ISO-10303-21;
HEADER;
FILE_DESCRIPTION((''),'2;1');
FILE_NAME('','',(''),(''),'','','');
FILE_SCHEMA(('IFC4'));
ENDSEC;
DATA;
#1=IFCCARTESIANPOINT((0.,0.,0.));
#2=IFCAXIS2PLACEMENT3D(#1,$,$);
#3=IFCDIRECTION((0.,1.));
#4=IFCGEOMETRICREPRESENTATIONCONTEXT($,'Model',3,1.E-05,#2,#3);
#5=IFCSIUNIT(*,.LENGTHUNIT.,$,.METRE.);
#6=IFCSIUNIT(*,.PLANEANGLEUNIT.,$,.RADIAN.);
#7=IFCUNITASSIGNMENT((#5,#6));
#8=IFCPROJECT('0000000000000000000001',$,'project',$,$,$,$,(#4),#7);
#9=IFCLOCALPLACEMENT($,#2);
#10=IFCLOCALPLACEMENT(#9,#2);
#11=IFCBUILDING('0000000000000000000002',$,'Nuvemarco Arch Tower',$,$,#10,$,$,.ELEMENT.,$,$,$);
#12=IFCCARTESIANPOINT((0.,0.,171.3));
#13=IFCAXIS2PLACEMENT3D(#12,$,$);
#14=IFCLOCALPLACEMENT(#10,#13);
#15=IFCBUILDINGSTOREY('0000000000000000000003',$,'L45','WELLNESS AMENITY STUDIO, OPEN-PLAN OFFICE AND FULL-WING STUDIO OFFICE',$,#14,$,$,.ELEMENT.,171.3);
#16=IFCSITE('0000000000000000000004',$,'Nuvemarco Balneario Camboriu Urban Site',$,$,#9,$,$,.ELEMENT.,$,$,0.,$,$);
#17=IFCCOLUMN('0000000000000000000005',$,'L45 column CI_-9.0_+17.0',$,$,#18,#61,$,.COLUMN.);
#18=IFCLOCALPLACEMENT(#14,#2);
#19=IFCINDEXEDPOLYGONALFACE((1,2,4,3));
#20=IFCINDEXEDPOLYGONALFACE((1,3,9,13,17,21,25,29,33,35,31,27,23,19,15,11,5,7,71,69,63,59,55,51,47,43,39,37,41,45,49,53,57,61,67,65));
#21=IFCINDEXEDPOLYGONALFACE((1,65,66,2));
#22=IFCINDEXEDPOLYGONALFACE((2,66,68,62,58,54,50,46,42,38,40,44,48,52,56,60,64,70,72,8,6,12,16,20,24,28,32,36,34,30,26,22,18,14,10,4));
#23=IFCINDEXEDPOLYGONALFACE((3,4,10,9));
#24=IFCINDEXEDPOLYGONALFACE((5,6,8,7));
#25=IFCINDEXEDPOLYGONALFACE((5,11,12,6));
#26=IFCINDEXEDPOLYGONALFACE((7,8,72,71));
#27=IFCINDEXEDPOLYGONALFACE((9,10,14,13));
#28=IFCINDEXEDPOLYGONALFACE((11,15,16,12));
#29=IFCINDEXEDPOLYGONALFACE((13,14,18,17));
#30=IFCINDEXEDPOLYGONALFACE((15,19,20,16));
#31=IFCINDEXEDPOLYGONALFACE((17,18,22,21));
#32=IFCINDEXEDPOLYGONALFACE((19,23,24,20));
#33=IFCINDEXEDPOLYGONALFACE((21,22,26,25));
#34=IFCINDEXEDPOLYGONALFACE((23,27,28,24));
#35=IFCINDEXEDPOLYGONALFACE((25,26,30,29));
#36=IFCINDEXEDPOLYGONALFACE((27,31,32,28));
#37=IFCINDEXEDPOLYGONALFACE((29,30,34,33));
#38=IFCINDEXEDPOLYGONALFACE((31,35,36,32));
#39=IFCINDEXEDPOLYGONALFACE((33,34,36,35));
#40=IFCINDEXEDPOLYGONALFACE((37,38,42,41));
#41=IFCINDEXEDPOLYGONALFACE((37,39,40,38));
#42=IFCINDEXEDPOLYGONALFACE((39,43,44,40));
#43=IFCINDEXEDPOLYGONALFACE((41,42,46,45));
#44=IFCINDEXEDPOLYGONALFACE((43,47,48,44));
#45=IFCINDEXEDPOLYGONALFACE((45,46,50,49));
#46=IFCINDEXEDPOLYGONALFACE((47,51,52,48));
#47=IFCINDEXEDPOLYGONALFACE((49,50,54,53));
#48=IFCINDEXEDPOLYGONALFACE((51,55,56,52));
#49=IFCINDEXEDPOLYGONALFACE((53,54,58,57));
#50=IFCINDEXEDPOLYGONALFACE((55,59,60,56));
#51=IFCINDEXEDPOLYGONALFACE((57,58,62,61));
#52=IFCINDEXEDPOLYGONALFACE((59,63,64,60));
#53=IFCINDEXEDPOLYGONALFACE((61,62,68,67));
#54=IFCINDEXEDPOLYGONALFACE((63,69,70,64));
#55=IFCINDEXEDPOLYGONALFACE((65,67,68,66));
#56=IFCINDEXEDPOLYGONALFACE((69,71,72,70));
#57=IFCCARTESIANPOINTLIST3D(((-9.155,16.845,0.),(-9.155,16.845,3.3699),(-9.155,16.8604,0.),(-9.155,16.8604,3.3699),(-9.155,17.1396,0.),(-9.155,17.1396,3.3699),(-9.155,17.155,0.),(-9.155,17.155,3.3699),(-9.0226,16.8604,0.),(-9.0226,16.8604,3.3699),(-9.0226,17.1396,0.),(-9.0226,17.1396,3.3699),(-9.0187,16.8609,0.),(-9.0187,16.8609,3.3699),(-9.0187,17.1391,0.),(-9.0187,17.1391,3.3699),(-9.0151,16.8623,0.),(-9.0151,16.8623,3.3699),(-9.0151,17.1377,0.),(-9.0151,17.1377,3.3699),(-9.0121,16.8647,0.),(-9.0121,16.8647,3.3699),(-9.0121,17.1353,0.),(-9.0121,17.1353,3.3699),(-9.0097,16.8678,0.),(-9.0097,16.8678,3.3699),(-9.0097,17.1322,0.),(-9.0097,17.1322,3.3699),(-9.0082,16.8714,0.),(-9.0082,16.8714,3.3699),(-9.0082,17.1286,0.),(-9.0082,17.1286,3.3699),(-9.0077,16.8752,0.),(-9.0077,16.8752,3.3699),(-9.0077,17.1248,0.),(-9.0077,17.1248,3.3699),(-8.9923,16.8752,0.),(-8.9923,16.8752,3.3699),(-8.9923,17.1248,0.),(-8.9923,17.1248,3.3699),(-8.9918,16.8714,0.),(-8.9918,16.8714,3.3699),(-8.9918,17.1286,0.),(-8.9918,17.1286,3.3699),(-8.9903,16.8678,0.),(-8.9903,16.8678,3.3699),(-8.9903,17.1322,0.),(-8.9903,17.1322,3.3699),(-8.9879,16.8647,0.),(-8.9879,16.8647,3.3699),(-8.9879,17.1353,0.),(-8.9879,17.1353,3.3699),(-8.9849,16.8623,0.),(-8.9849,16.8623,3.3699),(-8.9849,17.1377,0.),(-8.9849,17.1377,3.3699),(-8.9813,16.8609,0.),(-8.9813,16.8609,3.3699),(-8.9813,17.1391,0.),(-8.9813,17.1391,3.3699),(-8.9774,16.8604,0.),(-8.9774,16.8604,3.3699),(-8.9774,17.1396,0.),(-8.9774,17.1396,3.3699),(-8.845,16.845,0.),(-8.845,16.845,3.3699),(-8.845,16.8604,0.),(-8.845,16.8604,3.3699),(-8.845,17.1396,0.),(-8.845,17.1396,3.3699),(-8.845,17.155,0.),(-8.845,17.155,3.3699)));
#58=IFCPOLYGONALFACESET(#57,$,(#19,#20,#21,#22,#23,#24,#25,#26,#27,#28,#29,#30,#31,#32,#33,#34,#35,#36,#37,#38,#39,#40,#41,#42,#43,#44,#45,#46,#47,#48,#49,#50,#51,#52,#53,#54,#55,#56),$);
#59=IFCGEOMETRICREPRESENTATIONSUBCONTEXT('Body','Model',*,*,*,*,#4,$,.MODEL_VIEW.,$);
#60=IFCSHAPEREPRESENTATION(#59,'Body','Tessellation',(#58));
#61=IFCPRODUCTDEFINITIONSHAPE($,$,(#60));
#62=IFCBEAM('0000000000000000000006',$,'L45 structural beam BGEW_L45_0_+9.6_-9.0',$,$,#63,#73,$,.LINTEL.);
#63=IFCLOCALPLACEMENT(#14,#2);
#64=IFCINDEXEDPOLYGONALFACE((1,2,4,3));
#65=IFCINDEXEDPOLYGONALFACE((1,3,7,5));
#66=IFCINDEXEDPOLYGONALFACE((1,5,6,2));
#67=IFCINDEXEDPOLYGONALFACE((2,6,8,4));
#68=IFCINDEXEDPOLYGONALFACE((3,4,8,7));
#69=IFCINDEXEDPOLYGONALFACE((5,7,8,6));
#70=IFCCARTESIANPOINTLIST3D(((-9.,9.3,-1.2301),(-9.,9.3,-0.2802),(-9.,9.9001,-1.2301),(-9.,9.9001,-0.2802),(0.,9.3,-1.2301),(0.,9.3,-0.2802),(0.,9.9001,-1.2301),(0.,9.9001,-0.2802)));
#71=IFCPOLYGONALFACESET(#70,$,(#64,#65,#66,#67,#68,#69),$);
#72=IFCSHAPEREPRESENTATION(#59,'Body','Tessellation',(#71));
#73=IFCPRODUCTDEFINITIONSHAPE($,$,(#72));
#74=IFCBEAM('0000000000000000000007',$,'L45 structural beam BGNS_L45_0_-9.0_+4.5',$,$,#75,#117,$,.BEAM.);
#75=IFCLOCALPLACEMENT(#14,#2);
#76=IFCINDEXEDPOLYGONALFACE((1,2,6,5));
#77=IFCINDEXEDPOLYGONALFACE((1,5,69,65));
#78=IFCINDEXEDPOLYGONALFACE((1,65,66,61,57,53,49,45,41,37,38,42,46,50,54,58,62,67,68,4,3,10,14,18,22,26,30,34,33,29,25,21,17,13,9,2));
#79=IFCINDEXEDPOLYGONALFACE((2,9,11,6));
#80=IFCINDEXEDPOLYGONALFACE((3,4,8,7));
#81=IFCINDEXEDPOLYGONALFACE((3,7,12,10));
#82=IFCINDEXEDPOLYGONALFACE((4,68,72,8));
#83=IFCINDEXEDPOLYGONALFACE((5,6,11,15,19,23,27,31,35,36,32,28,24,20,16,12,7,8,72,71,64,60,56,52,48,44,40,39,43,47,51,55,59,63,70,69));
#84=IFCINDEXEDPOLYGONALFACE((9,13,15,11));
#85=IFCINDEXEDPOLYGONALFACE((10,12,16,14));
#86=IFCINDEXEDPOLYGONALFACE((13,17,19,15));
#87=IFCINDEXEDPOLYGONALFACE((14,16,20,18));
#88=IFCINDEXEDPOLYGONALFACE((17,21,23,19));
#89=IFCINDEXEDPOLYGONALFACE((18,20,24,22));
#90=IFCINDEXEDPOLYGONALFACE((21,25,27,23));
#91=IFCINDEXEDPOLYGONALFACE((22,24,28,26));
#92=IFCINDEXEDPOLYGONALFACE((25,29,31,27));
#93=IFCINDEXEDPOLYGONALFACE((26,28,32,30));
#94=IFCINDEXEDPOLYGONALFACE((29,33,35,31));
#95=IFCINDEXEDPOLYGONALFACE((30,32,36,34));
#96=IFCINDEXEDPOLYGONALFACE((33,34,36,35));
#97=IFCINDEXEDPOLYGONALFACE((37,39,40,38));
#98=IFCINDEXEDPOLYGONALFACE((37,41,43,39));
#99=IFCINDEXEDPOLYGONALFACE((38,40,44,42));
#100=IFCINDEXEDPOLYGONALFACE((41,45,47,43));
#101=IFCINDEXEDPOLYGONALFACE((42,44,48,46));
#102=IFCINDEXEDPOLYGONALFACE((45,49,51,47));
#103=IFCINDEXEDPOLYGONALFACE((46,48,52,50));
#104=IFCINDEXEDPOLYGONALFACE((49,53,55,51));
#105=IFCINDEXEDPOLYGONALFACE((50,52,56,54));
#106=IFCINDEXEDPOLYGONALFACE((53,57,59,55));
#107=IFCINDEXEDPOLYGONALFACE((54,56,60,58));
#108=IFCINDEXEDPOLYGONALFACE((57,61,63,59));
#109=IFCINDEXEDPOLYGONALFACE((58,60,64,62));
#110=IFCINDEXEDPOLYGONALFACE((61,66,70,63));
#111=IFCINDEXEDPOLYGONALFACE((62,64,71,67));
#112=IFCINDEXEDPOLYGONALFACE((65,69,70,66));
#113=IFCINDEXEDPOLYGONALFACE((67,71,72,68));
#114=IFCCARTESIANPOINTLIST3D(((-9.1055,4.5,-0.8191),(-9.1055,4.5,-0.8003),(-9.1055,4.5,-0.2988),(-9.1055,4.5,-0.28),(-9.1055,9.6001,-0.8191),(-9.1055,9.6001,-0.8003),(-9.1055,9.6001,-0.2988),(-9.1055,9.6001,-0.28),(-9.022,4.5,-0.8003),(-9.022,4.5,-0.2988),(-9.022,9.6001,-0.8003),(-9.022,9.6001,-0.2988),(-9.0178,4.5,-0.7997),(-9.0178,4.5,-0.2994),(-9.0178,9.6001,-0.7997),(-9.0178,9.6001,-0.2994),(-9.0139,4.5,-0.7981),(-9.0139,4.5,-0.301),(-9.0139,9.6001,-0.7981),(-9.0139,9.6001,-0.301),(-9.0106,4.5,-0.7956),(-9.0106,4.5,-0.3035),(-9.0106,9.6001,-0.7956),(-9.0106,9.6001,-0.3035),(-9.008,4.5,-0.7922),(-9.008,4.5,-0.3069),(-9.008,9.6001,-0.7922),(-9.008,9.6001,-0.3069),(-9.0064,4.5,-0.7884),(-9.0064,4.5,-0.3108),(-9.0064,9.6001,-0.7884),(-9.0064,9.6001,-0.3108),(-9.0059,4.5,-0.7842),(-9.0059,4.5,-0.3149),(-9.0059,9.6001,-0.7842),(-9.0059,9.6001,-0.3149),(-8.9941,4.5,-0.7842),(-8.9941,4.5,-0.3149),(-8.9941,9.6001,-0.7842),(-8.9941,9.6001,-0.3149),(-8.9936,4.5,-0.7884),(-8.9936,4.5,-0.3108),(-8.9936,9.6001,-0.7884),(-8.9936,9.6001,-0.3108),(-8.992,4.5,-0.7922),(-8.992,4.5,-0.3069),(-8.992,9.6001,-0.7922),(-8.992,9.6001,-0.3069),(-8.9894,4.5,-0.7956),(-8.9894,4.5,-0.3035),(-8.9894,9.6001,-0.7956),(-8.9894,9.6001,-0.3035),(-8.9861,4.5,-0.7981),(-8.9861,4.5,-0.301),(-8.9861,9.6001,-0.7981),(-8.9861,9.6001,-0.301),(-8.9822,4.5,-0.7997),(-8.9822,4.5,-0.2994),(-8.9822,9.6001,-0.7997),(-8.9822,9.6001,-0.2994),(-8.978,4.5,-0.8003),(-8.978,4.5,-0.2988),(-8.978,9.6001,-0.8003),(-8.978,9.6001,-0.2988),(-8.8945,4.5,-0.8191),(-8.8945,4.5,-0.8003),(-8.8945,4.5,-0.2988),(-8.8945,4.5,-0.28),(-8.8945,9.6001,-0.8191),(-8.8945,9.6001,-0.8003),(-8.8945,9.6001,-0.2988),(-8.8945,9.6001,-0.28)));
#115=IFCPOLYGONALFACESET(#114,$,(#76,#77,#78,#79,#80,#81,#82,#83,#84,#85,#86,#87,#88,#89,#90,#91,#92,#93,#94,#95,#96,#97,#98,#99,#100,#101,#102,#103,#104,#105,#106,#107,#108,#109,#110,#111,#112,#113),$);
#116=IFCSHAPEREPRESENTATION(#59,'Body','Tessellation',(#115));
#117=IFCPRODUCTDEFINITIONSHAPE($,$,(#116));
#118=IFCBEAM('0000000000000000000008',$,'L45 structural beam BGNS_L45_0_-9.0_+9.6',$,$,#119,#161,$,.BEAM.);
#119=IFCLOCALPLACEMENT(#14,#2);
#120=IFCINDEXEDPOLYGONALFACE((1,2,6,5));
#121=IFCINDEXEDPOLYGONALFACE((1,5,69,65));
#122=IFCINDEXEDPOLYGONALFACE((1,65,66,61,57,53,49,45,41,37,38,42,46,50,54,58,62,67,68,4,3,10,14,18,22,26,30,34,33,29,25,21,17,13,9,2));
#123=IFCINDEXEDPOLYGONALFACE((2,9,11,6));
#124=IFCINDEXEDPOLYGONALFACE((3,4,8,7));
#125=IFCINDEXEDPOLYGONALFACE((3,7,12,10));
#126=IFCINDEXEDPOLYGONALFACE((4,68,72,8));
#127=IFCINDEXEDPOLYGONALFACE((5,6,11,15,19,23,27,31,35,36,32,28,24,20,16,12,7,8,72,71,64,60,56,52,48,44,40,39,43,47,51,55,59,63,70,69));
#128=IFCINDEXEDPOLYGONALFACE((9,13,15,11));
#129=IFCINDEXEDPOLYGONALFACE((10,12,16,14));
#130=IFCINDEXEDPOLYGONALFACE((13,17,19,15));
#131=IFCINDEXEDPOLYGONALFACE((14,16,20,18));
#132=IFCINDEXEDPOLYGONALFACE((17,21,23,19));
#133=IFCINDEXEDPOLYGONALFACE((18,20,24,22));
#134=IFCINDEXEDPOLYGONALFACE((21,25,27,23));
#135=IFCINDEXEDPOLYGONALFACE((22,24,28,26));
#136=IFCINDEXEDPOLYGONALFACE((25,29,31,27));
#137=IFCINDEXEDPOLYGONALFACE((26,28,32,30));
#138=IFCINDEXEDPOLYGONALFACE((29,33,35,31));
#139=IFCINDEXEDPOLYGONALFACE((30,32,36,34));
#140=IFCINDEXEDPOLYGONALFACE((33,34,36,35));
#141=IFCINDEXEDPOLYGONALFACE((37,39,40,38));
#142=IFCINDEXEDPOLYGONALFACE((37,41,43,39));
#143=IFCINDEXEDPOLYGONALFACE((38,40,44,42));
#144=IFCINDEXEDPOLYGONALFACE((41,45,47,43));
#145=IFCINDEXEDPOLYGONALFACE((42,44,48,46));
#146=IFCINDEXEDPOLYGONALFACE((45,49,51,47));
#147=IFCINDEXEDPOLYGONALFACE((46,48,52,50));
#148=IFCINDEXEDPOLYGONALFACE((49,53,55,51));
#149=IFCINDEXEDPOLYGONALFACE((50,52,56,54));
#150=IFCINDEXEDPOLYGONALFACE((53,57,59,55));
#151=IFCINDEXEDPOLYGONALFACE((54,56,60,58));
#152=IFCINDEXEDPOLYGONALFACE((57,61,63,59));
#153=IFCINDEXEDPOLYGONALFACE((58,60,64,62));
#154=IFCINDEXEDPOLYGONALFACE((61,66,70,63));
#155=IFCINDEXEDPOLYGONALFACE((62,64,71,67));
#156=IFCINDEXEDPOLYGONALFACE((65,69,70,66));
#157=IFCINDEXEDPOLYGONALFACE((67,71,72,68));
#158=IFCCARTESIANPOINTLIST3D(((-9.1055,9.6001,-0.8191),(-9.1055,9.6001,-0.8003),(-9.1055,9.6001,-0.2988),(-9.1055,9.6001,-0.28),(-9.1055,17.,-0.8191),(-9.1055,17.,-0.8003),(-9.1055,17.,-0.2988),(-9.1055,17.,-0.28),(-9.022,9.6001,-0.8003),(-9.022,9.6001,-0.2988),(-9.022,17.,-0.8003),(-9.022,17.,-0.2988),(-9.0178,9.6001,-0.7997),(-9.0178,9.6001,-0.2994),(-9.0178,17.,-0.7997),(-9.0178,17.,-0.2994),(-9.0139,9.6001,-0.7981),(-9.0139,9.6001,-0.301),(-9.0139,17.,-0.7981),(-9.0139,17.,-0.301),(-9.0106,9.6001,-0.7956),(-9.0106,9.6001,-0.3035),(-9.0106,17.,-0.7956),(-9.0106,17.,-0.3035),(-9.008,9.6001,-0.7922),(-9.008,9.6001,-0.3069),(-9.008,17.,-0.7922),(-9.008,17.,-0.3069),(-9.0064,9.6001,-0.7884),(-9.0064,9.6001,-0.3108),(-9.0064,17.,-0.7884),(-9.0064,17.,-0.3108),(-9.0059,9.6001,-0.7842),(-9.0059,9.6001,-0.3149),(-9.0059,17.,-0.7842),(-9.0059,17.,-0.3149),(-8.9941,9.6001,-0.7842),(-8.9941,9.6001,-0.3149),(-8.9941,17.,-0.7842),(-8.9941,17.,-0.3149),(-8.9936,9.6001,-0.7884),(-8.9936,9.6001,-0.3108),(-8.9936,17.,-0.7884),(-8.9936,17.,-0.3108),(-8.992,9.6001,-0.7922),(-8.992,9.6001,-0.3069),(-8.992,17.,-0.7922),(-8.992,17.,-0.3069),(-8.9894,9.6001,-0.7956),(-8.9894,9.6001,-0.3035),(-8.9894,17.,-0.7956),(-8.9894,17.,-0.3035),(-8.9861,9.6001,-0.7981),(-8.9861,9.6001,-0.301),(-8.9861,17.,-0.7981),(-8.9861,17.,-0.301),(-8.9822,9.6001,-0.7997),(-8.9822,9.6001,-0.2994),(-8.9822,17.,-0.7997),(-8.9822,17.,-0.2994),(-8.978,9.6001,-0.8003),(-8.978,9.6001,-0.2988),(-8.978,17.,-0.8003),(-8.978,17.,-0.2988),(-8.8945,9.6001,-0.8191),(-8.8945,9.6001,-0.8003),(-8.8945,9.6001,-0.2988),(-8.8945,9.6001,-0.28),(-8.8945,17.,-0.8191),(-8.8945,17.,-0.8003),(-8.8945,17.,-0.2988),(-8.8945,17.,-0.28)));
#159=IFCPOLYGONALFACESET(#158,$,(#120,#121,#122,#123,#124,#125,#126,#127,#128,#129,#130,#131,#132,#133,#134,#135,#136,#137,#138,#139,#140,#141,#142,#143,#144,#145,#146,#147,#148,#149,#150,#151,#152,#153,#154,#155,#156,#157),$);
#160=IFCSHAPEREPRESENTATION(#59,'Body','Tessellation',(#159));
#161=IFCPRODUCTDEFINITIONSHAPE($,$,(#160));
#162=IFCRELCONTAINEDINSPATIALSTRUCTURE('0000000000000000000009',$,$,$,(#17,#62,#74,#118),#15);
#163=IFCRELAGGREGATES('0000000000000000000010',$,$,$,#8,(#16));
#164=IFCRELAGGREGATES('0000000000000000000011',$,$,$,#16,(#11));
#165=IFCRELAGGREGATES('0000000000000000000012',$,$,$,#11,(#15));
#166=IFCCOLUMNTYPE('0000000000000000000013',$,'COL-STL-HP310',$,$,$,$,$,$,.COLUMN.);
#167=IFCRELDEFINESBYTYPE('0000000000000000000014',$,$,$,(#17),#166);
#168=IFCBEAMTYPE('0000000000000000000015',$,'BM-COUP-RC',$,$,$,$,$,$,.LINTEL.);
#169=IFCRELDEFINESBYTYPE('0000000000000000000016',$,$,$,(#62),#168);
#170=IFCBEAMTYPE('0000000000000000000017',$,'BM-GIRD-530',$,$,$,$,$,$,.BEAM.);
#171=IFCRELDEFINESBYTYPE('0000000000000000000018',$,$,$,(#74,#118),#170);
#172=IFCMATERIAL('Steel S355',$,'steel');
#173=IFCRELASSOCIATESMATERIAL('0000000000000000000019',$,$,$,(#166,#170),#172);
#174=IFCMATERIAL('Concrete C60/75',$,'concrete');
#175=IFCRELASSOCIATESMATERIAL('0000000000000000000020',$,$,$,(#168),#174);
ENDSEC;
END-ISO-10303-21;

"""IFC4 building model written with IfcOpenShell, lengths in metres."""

from ifc_helpers import new_model, si_unit, direction, frame, origin, origin_2d, place, context, subcontext, project, spatial, rectangle, i_section, extrude, material, material_profile, profile_set, type_object, element, save


model = new_model("IFC4")

# Units and contexts
model_context = context("Model", 3, precision=1e-05, world=origin(), true_north=direction((0.0, 1.0)))
body_context = subcontext(model_context, "Body", "Model", "MODEL_VIEW")
ifc_project = project(units=[si_unit("LENGTHUNIT", "METRE"), si_unit("PLANEANGLEUNIT", "RADIAN")], contexts=[model_context])

# Site, building, storey
site_placement = place(None, origin())
site = spatial("IfcSite", under=ifc_project, at=site_placement, Name="Nuvemarco Balneario Camboriu Urban Site", CompositionType="ELEMENT", RefElevation=0.0)
building_placement = place(site_placement, origin())
building = spatial("IfcBuilding", under=site, at=building_placement, Name="Nuvemarco Arch Tower", CompositionType="ELEMENT")
storey_placement = place(building_placement, frame((0.0, 0.0, 171.3)))
storey = spatial("IfcBuildingStorey", under=building, at=storey_placement, Name="L45", Description="WELLNESS AMENITY STUDIO, OPEN-PLAN OFFICE AND FULL-WING STUDIO OFFICE", CompositionType="ELEMENT", Elevation=171.3)

# Column
ifc_material_1 = material(Name="Steel S355", Category="steel")
ifc_material_profile_1 = material_profile(ifc_material_1, i_section(OverallWidth=0.3101, OverallDepth=0.3101, WebThickness=0.0154, FlangeThickness=0.0154, FilletRadius=0.0149, at=origin_2d()), Name="HP310x110")
ifc_profile_set_1 = profile_set([ifc_material_profile_1], Name="Steel S355")
column_type_1 = type_object("IfcColumnType", Name="COL-STL-HP310", PredefinedType="COLUMN", material=ifc_profile_set_1)
column_placement = place(storey_placement, frame((-9.0, 17.0, 0.0), z_axis=(0.0, 0.0, 1.0), x_axis=(1.0, 0.0, 0.0)))
element("IfcColumn", 1, at=column_placement, inside=storey, type_object=column_type_1, Name="L45 column CI_-9.0_+17.0", PredefinedType="COLUMN", context=body_context, shape_type="SweptSolid", body=[
    extrude(i_section(OverallWidth=0.3101, OverallDepth=0.3101, WebThickness=0.0154, FlangeThickness=0.0154, FilletRadius=0.0149, at=origin_2d()), origin(), (0.0, 0.0, 1.0), 3.3699),
])

# Beams
ifc_material_2 = material(Name="Concrete C60/75", Category="concrete")
ifc_material_profile_2 = material_profile(ifc_material_2, rectangle(XDim=0.6001, YDim=0.95, at=origin_2d()), Name="RC-BM-600x950")
ifc_profile_set_2 = profile_set([ifc_material_profile_2], Name="Concrete C60/75")
beam_type_1 = type_object("IfcBeamType", Name="BM-COUP-RC", PredefinedType="LINTEL", material=ifc_profile_set_2)
beam_1_placement = place(storey_placement, frame((-9.0, 9.6001, -0.7551), z_axis=(1.0, 0.0, 0.0), x_axis=(0.0, 1.0, 0.0)))
element("IfcBeam", 2, at=beam_1_placement, inside=storey, type_object=beam_type_1, Name="L45 structural beam BGEW_L45_0_+9.6_-9.0", PredefinedType="LINTEL", context=body_context, shape_type="SweptSolid", body=[
    extrude(rectangle(XDim=0.6001, YDim=0.95, at=origin_2d()), origin(), (0.0, 0.0, 1.0), 9.0),
])
ifc_material_profile_3 = material_profile(ifc_material_1, i_section(OverallWidth=0.2109, OverallDepth=0.5391, WebThickness=0.0117, FlangeThickness=0.0188, FilletRadius=0.0161, at=origin_2d()), Name="W530x109")
ifc_profile_set_3 = profile_set([ifc_material_profile_3], Name="Steel S355")
beam_type_2 = type_object("IfcBeamType", Name="BM-GIRD-530", PredefinedType="BEAM", material=ifc_profile_set_3)
beam_2_placement = place(storey_placement, frame((-9.0, 4.5, -0.5496), z_axis=(0.0, 1.0, 0.0), x_axis=(-1.0, 0.0, 0.0)))
element("IfcBeam", 3, at=beam_2_placement, inside=storey, type_object=beam_type_2, Name="L45 structural beam BGNS_L45_0_-9.0_+4.5", PredefinedType="BEAM", context=body_context, shape_type="SweptSolid", body=[
    extrude(i_section(OverallWidth=0.2109, OverallDepth=0.5391, WebThickness=0.0117, FlangeThickness=0.0188, FilletRadius=0.0161, at=origin_2d()), origin(), (0.0, 0.0, 1.0), 5.1001),
])
beam_3_placement = place(storey_placement, frame((-9.0, 9.6001, -0.5496), z_axis=(0.0, 1.0, 0.0), x_axis=(-1.0, 0.0, 0.0)))
element("IfcBeam", 4, at=beam_3_placement, inside=storey, type_object=beam_type_2, Name="L45 structural beam BGNS_L45_0_-9.0_+9.6", PredefinedType="BEAM", context=body_context, shape_type="SweptSolid", body=[
    extrude(i_section(OverallWidth=0.2109, OverallDepth=0.5391, WebThickness=0.0117, FlangeThickness=0.0188, FilletRadius=0.0161, at=origin_2d()), origin(), (0.0, 0.0, 1.0), 7.3999),
])

save(model, "model.ifc")
